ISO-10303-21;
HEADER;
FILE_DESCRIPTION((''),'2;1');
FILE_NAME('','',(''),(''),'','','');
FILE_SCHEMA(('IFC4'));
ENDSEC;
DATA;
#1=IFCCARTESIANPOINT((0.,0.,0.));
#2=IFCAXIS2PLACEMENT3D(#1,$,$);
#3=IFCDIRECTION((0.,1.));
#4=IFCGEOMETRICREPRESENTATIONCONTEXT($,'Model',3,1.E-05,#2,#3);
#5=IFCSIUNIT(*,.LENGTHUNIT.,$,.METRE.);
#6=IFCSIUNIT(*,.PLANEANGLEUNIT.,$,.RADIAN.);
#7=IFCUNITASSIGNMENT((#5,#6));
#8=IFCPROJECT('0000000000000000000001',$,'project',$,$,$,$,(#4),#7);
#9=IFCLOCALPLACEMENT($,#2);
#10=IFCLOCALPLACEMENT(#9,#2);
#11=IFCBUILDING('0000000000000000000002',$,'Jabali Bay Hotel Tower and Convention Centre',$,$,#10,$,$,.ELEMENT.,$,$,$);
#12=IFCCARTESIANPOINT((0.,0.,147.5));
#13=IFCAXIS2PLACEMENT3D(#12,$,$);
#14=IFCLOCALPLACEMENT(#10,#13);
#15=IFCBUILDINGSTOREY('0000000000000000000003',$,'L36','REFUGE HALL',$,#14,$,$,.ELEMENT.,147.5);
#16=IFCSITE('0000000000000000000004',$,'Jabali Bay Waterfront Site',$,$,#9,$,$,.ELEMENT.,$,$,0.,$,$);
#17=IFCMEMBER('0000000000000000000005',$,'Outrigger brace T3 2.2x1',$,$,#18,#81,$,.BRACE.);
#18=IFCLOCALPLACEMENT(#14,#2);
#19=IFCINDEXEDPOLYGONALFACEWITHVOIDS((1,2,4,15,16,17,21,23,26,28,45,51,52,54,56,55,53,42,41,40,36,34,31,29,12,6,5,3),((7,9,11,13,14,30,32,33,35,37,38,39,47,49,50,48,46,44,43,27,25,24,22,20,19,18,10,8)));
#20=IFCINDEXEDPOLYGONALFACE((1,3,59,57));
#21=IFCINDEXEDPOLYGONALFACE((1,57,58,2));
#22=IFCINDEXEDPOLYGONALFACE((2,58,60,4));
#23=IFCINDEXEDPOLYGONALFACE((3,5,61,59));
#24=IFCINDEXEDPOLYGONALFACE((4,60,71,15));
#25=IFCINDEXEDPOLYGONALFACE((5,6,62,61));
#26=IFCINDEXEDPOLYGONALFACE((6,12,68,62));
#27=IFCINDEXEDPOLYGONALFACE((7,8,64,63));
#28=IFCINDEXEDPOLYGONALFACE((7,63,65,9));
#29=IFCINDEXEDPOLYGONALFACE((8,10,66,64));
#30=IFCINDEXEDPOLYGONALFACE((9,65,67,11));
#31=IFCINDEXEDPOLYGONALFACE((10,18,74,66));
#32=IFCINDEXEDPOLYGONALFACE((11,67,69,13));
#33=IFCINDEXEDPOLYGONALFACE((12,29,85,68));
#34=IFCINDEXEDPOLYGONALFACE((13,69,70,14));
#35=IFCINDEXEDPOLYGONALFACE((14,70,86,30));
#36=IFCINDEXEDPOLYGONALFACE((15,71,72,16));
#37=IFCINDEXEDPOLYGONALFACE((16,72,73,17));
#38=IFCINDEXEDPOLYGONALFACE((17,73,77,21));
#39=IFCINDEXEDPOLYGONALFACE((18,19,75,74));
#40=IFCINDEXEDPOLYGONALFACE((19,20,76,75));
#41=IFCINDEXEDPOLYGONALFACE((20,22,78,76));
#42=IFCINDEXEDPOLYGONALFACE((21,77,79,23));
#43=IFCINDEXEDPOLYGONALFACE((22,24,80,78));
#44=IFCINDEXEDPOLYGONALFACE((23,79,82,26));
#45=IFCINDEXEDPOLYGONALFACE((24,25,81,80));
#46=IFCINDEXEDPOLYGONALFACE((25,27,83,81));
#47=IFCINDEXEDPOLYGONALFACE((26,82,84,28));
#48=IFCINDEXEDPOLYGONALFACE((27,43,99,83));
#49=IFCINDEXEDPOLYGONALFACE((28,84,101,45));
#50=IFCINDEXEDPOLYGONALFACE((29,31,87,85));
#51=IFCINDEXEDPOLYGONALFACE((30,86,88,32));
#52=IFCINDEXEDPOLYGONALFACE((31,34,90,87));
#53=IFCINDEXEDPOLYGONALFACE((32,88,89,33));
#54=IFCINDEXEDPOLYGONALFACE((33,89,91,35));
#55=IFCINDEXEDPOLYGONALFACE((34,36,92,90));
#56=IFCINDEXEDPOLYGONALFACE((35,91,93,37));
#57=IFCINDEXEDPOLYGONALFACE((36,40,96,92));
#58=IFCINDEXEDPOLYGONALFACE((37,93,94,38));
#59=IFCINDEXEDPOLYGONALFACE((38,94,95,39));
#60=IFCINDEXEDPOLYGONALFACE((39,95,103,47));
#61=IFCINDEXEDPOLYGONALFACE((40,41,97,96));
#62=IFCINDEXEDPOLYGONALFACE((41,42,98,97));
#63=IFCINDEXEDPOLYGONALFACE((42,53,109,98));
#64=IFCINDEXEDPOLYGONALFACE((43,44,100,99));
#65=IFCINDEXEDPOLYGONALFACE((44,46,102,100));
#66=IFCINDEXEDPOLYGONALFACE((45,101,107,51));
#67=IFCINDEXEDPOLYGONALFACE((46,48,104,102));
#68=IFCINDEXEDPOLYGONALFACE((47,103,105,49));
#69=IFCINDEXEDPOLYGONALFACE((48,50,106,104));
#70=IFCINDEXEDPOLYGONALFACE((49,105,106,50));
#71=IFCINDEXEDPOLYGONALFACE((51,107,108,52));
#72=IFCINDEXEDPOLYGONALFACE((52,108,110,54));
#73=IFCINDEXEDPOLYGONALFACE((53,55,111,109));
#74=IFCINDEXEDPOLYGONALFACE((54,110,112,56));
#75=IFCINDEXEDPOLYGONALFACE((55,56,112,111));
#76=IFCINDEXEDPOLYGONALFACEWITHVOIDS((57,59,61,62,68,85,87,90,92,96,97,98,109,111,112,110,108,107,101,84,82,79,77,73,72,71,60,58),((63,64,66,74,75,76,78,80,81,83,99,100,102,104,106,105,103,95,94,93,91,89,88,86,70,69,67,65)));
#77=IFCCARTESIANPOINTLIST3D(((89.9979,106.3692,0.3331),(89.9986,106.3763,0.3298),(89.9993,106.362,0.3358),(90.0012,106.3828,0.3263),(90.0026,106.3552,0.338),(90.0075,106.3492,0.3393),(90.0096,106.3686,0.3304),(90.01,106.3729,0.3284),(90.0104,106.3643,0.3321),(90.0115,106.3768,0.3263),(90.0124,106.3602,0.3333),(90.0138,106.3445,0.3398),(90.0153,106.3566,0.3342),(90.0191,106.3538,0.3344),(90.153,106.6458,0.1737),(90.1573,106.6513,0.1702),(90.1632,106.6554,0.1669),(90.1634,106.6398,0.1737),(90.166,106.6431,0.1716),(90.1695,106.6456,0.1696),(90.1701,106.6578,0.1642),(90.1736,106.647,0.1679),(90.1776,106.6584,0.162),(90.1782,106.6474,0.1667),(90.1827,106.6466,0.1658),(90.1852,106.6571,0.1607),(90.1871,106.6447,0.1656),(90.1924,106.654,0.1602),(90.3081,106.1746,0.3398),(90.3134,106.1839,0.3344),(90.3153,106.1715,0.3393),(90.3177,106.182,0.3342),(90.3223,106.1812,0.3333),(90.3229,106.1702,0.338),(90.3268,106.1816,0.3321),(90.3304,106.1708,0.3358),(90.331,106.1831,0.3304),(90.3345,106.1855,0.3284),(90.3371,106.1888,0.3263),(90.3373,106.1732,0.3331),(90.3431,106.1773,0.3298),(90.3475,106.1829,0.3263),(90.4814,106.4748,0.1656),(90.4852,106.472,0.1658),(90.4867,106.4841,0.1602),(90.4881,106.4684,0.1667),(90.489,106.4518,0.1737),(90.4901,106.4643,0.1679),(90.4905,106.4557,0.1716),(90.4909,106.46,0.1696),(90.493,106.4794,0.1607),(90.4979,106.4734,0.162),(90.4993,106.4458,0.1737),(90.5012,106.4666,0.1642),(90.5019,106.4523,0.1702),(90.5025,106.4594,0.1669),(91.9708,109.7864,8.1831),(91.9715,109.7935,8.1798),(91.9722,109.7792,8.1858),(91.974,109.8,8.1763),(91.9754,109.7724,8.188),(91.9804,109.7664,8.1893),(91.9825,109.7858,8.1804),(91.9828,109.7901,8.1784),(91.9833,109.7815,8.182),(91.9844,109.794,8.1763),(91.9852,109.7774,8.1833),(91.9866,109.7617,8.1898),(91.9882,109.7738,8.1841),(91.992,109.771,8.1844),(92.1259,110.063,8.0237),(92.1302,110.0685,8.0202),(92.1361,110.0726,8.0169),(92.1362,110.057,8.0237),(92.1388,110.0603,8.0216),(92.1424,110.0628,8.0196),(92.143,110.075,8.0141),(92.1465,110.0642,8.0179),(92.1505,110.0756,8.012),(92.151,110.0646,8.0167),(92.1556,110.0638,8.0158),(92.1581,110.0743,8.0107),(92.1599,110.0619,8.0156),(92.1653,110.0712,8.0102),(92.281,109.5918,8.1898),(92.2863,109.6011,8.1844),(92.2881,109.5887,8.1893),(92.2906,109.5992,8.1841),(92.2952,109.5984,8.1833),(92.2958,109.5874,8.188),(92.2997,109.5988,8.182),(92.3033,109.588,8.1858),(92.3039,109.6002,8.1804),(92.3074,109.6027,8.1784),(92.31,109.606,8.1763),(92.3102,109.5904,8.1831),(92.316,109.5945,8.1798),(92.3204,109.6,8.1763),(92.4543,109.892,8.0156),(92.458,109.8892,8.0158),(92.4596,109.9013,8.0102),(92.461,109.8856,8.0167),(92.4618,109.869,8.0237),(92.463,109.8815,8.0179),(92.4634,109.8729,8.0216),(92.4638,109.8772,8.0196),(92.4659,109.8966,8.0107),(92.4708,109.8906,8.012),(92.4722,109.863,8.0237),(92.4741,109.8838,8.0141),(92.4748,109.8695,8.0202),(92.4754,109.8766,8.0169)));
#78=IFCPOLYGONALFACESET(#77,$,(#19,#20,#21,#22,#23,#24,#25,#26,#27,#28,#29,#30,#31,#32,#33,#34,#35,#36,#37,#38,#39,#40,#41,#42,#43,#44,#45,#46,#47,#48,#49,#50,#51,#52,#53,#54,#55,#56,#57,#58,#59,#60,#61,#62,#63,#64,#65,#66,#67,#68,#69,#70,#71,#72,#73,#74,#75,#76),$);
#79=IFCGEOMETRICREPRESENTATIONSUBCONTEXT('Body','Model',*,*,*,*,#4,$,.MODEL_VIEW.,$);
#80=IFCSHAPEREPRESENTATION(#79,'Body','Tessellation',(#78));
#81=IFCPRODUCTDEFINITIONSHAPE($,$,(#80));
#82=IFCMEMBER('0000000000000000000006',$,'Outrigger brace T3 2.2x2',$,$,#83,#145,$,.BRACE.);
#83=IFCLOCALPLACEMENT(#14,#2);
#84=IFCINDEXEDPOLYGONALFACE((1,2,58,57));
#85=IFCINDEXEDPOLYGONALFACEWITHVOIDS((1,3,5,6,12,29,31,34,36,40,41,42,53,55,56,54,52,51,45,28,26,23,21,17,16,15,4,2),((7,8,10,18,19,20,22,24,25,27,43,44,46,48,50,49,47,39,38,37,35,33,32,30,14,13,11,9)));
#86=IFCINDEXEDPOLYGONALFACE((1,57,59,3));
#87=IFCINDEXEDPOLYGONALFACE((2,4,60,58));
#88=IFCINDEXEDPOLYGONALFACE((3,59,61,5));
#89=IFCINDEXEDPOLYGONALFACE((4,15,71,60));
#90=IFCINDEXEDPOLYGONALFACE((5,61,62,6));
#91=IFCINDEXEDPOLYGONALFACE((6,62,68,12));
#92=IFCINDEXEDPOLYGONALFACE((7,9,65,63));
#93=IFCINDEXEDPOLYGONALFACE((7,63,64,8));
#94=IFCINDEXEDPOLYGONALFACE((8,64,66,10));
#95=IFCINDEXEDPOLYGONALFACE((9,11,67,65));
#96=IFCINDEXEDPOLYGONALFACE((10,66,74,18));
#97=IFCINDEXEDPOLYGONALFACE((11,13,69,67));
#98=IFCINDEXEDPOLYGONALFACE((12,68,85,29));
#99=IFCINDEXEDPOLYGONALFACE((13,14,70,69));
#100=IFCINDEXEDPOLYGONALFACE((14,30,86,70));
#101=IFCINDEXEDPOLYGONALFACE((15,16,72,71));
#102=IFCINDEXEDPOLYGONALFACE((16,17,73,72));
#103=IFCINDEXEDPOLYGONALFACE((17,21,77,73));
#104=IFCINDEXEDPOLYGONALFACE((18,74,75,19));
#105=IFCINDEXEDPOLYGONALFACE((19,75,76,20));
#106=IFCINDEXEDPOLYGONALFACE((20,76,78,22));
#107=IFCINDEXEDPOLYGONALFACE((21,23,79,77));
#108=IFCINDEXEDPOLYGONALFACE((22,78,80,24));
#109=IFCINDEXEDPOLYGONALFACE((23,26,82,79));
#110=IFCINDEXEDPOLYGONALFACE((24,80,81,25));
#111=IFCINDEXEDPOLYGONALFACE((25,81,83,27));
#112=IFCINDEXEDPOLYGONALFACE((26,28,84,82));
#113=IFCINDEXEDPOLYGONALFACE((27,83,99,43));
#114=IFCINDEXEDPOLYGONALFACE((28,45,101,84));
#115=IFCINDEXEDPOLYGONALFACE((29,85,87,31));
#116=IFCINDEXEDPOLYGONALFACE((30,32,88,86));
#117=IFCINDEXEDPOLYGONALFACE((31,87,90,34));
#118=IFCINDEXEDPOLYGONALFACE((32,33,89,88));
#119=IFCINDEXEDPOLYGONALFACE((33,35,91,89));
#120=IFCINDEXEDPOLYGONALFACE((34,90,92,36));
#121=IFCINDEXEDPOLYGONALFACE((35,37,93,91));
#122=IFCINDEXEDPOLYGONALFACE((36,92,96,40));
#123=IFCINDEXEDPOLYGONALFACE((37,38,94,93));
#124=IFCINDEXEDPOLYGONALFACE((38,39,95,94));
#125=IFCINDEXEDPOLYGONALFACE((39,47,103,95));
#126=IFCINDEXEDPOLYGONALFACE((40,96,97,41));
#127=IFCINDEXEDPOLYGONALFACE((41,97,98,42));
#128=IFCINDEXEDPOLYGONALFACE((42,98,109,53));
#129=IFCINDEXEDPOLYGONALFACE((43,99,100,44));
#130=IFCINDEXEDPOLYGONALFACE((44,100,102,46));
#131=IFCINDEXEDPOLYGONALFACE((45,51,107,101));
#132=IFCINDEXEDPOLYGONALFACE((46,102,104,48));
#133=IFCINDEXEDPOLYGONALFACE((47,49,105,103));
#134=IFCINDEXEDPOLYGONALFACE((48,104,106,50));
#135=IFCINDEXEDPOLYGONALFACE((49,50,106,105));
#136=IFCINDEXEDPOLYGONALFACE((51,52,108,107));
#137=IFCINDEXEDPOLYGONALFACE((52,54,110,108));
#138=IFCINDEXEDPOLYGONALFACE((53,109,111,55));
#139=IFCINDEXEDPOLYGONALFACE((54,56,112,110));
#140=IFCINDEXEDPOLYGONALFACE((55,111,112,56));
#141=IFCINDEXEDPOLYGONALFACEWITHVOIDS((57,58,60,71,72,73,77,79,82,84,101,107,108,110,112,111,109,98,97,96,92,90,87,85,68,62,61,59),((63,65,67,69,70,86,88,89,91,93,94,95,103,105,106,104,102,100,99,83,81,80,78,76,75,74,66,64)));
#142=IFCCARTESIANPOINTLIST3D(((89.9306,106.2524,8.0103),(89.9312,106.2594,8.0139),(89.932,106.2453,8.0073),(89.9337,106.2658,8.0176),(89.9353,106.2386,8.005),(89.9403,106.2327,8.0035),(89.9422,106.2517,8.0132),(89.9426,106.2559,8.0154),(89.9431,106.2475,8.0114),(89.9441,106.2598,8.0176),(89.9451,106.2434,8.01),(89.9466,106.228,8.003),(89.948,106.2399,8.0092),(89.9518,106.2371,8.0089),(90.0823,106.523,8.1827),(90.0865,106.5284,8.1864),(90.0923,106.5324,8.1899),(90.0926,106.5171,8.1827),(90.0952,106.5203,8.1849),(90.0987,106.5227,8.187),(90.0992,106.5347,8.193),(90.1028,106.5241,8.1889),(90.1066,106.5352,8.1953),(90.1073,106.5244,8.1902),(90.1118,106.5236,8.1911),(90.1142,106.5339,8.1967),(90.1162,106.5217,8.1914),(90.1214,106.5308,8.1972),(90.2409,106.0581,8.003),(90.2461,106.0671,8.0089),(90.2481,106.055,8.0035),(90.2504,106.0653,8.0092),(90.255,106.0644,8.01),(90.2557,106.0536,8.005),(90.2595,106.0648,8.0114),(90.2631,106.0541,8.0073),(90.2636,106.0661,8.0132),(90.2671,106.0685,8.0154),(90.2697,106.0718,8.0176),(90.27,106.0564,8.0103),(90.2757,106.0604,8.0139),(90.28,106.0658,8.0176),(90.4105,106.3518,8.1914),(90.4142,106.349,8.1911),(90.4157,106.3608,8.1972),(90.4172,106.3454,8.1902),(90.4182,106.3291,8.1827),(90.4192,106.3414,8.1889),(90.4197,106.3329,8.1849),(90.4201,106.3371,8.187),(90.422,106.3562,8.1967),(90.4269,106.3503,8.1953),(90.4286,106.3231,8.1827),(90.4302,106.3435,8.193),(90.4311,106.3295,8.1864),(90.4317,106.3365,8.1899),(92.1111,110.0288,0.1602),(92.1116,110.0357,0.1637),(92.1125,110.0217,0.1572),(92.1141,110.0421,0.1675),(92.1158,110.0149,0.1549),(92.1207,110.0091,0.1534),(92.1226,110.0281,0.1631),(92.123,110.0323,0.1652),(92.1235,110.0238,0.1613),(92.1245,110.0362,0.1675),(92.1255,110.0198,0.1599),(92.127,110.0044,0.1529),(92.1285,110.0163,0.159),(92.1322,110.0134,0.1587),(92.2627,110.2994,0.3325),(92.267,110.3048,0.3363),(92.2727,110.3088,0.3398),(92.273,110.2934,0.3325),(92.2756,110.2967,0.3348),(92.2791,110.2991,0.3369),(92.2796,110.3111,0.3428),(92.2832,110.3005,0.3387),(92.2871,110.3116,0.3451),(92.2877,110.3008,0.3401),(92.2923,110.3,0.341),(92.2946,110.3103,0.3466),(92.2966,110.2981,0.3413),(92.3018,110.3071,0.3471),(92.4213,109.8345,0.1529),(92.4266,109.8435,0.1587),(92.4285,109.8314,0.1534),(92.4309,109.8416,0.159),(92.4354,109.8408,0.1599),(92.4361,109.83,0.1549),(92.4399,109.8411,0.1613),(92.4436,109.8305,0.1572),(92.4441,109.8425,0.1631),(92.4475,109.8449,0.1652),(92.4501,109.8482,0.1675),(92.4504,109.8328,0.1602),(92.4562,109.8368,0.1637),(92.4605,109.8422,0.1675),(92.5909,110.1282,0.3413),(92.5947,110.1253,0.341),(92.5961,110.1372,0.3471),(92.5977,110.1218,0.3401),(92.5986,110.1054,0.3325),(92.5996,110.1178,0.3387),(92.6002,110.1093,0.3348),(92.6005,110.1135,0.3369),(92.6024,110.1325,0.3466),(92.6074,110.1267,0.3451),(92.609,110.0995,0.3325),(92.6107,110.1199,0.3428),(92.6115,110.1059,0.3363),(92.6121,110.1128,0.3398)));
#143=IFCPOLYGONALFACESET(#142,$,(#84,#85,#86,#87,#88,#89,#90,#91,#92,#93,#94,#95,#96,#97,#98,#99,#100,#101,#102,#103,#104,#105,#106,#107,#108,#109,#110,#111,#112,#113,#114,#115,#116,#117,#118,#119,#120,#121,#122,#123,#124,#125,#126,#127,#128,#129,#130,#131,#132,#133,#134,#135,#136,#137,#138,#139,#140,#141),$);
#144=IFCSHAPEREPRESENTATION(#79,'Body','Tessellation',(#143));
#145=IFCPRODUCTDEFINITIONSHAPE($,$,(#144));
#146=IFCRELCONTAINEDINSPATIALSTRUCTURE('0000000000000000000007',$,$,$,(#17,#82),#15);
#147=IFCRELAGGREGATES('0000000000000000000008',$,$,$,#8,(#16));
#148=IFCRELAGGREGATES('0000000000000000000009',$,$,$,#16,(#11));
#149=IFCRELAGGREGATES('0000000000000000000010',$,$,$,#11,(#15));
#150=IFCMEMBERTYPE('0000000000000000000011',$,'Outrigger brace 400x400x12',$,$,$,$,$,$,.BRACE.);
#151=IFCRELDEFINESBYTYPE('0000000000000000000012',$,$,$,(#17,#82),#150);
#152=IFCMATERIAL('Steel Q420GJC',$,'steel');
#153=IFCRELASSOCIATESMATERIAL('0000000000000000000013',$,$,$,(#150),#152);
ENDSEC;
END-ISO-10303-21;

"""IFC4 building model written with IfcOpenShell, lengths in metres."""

from ifc_helpers import new_model, si_unit, direction, frame, origin, origin_2d, place, context, subcontext, project, spatial, hollow_rectangle, extrude, material, material_profile, profile_set, type_object, element, save


model = new_model("IFC4")

# Units and contexts
model_context = context("Model", 3, precision=1e-05, world=origin(), true_north=direction((0.0, 1.0)))
body_context = subcontext(model_context, "Body", "Model", "MODEL_VIEW")
ifc_project = project(units=[si_unit("LENGTHUNIT", "METRE"), si_unit("PLANEANGLEUNIT", "RADIAN")], contexts=[model_context])

# Site, building, storey
site_placement = place(None, origin())
site = spatial("IfcSite", under=ifc_project, at=site_placement, Name="Jabali Bay Waterfront Site", CompositionType="ELEMENT", RefElevation=0.0)
building_placement = place(site_placement, origin())
building = spatial("IfcBuilding", under=site, at=building_placement, Name="Jabali Bay Hotel Tower and Convention Centre", CompositionType="ELEMENT")
storey_placement = place(building_placement, frame((0.0, 0.0, 147.5)))
storey = spatial("IfcBuildingStorey", under=building, at=storey_placement, Name="L36", Description="REFUGE HALL", CompositionType="ELEMENT", Elevation=147.5)

# Members
ifc_material_1 = material(Name="Steel Q420GJC", Category="steel")
ifc_material_profile_1 = material_profile(ifc_material_1, hollow_rectangle(XDim=0.3999, YDim=0.3999, WallThickness=0.012, InnerFilletRadius=0.0181, OuterFilletRadius=0.03, at=origin_2d()), Name="Outrigger brace 400x400x12")
ifc_profile_set_1 = profile_set([ifc_material_profile_1], Name="Steel Q420GJC")
member_type_1 = type_object("IfcMemberType", Name="Outrigger brace 400x400x12", PredefinedType="BRACE", material=ifc_profile_set_1)
member_1_placement = place(storey_placement, frame((90.2502, 106.4143, 0.25), z_axis=(0.22455, 0.388941, 0.893478), x_axis=(-0.86603, 0.499992, 0.0)))
element("IfcMember", 1, at=member_1_placement, inside=storey, type_object=member_type_1, Name="Outrigger brace T3 2.2x1", PredefinedType="BRACE", context=body_context, shape_type="SweptSolid", body=[
    extrude(hollow_rectangle(XDim=0.3999, YDim=0.3999, WallThickness=0.012, InnerFilletRadius=0.0181, OuterFilletRadius=0.03, at=origin_2d()), origin(), (0.0, 0.0, 1.0), 8.7859),
])
member_2_placement = place(storey_placement, frame((92.3616, 110.0708, 0.25), z_axis=(-0.24281, -0.420534, 0.874182), x_axis=(0.866012, -0.500023, 0.0)))
element("IfcMember", 2, at=member_2_placement, inside=storey, type_object=member_type_1, Name="Outrigger brace T3 2.2x2", PredefinedType="BRACE", context=body_context, shape_type="SweptSolid", body=[
    extrude(hollow_rectangle(XDim=0.3999, YDim=0.3999, WallThickness=0.012, InnerFilletRadius=0.0181, OuterFilletRadius=0.03, at=origin_2d()), origin(), (0.0, 0.0, 1.0), 8.98),
])

save(model, "model.ifc")
